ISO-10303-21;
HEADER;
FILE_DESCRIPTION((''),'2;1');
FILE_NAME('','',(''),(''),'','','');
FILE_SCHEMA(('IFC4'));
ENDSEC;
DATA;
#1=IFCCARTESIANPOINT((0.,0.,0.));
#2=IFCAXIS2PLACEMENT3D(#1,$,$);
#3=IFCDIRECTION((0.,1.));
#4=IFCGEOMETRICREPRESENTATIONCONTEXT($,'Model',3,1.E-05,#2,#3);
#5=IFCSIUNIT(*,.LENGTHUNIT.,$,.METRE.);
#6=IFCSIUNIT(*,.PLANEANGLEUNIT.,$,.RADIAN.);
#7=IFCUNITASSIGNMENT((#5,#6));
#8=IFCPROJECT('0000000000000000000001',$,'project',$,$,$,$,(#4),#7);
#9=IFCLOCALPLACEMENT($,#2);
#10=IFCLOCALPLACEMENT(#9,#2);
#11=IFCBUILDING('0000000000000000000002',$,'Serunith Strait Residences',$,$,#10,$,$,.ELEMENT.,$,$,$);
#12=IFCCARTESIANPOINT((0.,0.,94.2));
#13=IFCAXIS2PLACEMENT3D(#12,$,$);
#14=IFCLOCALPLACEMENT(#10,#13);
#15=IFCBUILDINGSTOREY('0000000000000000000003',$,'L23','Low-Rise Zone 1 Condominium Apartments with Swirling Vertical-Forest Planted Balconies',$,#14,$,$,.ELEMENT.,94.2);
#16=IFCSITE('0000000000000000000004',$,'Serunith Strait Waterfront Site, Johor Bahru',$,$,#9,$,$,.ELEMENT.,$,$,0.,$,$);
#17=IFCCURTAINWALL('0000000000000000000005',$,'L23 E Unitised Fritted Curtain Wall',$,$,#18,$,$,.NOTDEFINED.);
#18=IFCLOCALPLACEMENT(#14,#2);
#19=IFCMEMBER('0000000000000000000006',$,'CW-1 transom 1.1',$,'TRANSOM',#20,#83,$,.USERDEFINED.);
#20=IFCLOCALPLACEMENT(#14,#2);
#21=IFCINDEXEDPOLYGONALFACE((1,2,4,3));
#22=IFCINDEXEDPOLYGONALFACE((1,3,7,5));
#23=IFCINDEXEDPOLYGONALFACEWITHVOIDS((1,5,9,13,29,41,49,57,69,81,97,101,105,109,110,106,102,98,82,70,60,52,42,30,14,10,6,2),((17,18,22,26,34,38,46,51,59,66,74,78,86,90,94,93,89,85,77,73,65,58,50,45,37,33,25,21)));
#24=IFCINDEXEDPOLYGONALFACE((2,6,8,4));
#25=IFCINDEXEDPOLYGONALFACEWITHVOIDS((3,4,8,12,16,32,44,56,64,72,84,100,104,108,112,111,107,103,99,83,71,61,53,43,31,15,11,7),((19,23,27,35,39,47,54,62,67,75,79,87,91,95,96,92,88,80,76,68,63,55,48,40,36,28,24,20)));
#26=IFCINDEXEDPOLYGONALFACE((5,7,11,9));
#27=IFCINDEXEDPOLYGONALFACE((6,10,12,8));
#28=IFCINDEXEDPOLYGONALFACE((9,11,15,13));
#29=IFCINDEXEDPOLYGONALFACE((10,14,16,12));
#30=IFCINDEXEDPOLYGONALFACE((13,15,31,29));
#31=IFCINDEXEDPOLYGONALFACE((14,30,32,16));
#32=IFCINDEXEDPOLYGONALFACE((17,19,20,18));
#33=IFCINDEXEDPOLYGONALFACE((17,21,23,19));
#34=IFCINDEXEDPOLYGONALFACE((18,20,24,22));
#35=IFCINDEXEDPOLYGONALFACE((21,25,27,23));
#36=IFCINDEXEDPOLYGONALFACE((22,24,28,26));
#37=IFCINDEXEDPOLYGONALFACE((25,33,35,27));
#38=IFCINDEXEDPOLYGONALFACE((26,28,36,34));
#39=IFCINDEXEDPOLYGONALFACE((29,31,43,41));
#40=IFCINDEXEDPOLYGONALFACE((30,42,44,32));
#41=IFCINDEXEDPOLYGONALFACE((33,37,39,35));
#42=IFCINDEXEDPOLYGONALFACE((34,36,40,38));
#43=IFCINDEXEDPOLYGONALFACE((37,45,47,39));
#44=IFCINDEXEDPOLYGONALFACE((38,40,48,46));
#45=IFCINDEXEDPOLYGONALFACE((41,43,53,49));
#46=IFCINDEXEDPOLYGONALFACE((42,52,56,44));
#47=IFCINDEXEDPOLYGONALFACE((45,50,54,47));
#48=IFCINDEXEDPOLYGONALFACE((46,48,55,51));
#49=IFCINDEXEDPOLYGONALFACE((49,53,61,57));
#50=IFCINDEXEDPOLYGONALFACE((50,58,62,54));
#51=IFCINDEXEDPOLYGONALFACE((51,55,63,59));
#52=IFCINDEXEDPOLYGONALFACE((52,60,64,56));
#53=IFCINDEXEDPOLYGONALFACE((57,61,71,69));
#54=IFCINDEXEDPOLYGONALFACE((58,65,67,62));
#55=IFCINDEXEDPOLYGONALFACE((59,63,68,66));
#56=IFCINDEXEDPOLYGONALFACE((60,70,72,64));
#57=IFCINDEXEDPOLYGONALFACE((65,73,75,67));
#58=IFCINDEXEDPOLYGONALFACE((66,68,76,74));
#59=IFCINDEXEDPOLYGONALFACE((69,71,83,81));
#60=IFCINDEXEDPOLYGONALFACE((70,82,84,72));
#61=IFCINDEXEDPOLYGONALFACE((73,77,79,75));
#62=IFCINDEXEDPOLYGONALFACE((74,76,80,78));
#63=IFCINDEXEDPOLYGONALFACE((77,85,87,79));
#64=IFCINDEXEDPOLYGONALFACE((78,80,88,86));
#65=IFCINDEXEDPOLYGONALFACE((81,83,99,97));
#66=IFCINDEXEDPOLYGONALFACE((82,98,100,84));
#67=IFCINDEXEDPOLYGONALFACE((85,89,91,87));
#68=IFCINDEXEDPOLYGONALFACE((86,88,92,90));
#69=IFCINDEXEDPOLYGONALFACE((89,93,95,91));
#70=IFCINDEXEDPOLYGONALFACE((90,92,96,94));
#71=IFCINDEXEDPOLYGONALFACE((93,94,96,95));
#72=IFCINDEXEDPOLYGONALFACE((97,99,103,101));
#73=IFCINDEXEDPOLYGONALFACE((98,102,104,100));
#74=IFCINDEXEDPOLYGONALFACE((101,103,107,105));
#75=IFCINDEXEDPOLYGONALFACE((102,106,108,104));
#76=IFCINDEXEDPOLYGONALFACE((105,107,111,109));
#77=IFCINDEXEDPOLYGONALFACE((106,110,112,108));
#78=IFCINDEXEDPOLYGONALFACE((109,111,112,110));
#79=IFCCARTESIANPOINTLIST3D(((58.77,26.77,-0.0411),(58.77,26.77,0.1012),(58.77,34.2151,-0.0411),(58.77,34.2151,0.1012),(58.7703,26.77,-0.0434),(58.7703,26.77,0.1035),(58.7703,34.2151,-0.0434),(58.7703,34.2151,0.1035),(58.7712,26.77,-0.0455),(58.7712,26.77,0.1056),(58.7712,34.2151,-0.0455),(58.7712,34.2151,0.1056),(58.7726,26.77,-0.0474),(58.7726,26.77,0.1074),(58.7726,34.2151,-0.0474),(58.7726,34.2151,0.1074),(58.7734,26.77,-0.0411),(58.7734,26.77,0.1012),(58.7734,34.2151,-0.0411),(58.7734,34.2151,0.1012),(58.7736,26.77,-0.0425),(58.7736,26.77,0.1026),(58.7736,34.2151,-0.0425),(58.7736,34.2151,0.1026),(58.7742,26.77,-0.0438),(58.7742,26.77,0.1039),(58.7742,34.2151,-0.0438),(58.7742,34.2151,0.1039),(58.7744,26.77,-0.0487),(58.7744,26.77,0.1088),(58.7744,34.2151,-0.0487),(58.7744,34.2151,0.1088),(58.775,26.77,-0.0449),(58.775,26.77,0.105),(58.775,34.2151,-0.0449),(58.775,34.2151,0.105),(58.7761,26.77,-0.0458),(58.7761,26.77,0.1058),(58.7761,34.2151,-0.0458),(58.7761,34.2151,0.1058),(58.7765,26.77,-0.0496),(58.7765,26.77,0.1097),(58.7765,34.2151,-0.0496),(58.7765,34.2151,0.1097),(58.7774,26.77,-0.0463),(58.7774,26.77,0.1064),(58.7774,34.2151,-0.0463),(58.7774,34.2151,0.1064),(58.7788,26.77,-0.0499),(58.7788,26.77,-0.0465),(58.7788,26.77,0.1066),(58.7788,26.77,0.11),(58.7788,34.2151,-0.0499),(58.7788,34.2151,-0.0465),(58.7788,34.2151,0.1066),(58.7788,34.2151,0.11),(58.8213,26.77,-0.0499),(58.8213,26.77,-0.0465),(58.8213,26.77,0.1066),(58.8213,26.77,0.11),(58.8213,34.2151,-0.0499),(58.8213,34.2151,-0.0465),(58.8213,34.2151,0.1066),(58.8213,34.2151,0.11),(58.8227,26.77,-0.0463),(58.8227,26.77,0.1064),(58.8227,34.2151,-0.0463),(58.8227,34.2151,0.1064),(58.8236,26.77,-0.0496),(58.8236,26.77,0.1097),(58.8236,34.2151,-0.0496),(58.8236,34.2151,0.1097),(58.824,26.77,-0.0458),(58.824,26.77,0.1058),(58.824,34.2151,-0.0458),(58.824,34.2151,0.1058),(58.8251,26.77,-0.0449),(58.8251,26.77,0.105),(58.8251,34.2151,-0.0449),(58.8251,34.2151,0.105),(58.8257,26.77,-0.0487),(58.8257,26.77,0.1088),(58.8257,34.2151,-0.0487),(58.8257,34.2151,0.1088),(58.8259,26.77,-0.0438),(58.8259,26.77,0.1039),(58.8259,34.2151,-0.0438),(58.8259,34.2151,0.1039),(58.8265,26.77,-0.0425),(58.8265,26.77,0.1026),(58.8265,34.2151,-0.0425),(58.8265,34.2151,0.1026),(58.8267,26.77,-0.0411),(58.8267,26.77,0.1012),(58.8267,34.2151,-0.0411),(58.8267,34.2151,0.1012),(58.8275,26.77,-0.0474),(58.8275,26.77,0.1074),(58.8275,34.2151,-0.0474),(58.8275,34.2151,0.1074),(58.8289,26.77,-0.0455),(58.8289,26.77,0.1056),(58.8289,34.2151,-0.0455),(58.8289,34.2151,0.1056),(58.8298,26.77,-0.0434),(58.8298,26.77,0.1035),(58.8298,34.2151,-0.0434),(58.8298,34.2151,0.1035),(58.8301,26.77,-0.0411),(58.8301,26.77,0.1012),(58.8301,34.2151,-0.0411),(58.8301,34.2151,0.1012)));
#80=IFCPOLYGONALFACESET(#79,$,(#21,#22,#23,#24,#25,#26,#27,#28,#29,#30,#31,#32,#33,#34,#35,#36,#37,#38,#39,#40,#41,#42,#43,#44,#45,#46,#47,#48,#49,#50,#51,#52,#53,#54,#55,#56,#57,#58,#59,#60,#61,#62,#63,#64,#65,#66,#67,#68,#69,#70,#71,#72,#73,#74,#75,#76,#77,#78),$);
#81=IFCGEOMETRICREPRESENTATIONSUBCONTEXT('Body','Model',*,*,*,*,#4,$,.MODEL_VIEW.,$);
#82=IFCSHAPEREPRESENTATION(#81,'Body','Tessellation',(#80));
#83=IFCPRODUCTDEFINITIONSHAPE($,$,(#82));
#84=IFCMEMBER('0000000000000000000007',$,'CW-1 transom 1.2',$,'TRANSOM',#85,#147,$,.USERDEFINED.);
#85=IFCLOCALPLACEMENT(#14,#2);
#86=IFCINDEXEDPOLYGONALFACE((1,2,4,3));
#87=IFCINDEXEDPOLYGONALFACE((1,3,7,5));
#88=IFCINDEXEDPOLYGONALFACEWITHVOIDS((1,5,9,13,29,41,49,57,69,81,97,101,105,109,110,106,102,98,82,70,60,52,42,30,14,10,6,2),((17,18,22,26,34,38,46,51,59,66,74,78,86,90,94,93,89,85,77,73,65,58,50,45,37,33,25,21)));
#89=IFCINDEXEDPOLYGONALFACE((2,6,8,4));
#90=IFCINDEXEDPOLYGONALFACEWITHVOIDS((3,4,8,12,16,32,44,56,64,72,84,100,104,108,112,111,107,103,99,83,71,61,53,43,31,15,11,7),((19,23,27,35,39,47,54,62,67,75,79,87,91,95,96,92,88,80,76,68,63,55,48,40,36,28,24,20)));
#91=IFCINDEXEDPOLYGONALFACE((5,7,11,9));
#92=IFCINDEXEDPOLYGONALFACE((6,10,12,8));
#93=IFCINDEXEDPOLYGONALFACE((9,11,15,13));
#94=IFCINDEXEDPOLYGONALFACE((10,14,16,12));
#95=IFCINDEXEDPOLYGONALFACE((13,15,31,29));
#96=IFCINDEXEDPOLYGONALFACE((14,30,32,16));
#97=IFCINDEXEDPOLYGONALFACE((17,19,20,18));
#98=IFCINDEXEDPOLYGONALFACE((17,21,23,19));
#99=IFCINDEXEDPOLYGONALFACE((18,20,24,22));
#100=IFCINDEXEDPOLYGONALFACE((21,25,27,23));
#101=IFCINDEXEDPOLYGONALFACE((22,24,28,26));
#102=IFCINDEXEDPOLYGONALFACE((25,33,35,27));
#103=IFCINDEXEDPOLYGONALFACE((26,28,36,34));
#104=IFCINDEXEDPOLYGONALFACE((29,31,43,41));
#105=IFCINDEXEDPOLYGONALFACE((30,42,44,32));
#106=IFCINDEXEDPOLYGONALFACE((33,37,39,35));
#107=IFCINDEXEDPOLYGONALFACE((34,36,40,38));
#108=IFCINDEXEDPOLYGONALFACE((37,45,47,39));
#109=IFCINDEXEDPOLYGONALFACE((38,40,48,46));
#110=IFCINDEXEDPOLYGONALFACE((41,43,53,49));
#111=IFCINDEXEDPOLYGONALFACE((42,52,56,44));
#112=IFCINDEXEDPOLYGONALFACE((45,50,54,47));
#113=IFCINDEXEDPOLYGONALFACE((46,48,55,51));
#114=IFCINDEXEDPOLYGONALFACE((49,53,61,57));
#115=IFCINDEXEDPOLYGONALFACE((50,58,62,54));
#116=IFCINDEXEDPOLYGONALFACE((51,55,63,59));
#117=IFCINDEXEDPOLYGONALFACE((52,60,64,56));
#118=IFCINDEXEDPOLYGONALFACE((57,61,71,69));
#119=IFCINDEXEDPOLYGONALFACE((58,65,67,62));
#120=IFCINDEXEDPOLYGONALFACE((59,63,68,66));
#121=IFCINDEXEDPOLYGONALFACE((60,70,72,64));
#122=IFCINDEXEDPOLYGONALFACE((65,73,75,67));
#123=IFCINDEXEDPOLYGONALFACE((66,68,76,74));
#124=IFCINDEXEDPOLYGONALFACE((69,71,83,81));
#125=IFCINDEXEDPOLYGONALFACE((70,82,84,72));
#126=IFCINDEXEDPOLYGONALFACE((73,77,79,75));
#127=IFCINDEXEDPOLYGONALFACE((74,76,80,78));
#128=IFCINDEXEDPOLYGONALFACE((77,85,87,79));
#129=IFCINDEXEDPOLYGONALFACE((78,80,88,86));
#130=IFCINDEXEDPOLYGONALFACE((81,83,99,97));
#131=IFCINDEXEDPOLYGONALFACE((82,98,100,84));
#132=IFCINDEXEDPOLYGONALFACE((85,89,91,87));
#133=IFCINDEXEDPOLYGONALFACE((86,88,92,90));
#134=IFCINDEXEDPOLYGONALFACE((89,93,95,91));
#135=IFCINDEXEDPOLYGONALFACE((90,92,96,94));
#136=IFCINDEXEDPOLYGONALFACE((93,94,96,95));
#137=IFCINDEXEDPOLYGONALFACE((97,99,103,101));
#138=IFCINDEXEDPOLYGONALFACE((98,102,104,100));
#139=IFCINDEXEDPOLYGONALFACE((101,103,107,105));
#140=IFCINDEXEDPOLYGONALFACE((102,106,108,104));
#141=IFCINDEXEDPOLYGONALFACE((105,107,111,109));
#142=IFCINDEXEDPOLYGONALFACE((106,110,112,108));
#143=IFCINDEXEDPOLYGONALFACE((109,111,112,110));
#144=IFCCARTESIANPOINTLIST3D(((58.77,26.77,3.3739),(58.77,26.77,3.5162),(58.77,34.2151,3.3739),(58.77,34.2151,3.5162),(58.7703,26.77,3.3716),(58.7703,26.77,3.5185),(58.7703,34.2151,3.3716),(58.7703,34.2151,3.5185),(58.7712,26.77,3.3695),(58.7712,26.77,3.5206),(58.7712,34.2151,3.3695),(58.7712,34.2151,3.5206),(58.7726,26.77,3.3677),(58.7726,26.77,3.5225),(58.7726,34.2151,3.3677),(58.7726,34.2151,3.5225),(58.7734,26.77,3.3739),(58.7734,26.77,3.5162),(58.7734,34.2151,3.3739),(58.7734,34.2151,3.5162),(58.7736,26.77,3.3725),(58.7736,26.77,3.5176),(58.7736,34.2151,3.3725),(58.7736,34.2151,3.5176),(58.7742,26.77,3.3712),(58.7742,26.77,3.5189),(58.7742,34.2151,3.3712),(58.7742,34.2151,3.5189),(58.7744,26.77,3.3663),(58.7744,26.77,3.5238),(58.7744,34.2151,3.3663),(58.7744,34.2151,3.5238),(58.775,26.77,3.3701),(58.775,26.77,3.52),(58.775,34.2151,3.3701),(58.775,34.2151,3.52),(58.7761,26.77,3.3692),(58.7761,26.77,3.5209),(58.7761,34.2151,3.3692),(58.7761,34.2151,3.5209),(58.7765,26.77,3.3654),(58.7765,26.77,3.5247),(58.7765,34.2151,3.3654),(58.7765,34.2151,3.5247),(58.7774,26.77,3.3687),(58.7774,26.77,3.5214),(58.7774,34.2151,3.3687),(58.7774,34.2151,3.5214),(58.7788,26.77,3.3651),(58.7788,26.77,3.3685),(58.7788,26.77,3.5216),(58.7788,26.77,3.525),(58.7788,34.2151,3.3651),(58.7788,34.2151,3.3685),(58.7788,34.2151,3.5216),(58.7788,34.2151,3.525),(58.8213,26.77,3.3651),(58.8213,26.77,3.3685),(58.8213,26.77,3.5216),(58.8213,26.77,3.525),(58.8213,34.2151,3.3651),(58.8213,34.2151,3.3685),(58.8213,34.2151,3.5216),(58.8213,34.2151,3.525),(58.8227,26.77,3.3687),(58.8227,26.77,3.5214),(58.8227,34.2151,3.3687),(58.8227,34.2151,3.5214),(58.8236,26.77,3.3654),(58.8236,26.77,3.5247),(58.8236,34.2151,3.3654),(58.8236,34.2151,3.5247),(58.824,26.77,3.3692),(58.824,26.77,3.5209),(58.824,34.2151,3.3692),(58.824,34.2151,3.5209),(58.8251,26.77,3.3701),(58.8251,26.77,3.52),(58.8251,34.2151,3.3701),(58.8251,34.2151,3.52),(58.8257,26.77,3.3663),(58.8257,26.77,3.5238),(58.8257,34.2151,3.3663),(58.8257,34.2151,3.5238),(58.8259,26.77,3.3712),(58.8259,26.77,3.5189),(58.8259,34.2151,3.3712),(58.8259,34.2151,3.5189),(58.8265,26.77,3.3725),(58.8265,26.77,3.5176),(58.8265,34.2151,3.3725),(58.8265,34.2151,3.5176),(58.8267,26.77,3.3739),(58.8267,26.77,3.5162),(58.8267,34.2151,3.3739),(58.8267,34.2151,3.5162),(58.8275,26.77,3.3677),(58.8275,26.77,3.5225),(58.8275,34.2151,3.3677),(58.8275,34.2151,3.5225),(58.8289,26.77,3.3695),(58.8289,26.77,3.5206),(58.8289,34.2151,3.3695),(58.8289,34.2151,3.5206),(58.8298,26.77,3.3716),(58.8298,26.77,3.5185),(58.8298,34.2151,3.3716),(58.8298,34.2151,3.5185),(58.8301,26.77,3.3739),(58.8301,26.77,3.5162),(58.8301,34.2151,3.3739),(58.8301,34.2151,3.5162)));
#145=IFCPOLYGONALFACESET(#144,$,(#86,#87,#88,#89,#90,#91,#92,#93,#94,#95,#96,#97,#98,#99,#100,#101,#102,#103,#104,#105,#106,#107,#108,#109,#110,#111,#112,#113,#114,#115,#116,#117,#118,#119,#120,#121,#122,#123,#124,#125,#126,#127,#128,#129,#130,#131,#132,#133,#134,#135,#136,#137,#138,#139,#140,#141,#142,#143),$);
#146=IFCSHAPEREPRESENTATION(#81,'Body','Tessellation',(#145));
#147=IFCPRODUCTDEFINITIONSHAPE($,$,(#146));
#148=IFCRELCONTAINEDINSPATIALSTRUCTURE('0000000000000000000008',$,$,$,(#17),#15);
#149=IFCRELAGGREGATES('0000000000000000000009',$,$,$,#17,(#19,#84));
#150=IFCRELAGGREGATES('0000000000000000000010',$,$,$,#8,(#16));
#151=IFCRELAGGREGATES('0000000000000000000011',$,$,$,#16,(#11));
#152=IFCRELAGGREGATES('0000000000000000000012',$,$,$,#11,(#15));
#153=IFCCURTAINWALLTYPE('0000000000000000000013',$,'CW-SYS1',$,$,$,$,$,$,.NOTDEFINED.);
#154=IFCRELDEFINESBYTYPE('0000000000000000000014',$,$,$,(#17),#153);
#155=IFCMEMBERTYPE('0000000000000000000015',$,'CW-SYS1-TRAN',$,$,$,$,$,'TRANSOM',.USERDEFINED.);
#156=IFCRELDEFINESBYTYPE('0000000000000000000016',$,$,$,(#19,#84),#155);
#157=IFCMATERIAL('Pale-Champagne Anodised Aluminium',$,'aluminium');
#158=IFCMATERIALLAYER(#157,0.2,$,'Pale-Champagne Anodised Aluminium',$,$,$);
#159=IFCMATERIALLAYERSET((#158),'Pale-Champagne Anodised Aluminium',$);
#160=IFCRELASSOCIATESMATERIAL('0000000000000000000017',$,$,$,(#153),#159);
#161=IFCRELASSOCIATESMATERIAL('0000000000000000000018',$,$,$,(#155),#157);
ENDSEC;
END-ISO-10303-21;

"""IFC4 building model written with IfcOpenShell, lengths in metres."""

from ifc_helpers import new_model, si_unit, direction, frame, origin, origin_2d, place, context, subcontext, project, spatial, hollow_rectangle, extrude, source, transform, mapped, material, layer, layer_set, material_profile, profile_set, type_object, element, aggregate, save


model = new_model("IFC4")

# Units and contexts
model_context = context("Model", 3, precision=1e-05, world=origin(), true_north=direction((0.0, 1.0)))
body_context = subcontext(model_context, "Body", "Model", "MODEL_VIEW")
ifc_project = project(units=[si_unit("LENGTHUNIT", "METRE"), si_unit("PLANEANGLEUNIT", "RADIAN")], contexts=[model_context])

# Site, building, storey
site_placement = place(None, origin())
site = spatial("IfcSite", under=ifc_project, at=site_placement, Name="Serunith Strait Waterfront Site, Johor Bahru", CompositionType="ELEMENT", RefElevation=0.0)
building_placement = place(site_placement, origin())
building = spatial("IfcBuilding", under=site, at=building_placement, Name="Serunith Strait Residences", CompositionType="ELEMENT")
storey_placement = place(building_placement, frame((0.0, 0.0, 94.2)))
storey = spatial("IfcBuildingStorey", under=building, at=storey_placement, Name="L23", Description="Low-Rise Zone 1 Condominium Apartments with Swirling Vertical-Forest Planted Balconies", CompositionType="ELEMENT", Elevation=94.2)

# Curtain wall, members
ifc_material_1 = material(Name="Pale-Champagne Anodised Aluminium", Category="aluminium")
ifc_layer_1 = layer(ifc_material_1, 0.2, Name="Pale-Champagne Anodised Aluminium")
ifc_layer_set_1 = layer_set([ifc_layer_1], Name="Pale-Champagne Anodised Aluminium")
curtain_wall_type = type_object("IfcCurtainWallType", Name="CW-SYS1", PredefinedType="NOTDEFINED", material=ifc_layer_set_1)
curtain_wall_placement = place(storey_placement, origin())
curtain_wall = element("IfcCurtainWall", 1, at=curtain_wall_placement, inside=storey, type_object=curtain_wall_type, Name="L23 E Unitised Fritted Curtain Wall", PredefinedType="NOTDEFINED")
ifc_material_profile_1 = material_profile(ifc_material_1, hollow_rectangle(XDim=0.0601, YDim=0.1599, WallThickness=0.0034, InnerFilletRadius=0.0054, OuterFilletRadius=0.0088, at=origin_2d()), Name="ALU 160x60x3.5")
ifc_profile_set_1 = profile_set([ifc_material_profile_1], Name="Pale-Champagne Anodised Aluminium")
member_type_1 = type_object("IfcMemberType", Name="CW-SYS1-TRAN", ElementType="TRANSOM", PredefinedType="USERDEFINED", material=ifc_profile_set_1)
shared_shape_1 = source(origin(), body_context, "Body", "SweptSolid", [
    extrude(hollow_rectangle(XDim=0.0601, YDim=0.1599, WallThickness=0.0034, InnerFilletRadius=0.0054, OuterFilletRadius=0.0088, at=origin_2d()), origin(), (0.0, 0.0, 1.0), 7.4451),
])
member_1_placement = place(storey_placement, frame((58.8, 26.77, 0.03), z_axis=(0.0, 1.0, 0.0), x_axis=(-1.0, 0.0, 0.0)))
member_1 = element("IfcMember", 2, at=member_1_placement, type_object=member_type_1, Name="CW-1 transom 1.1", ObjectType="TRANSOM", PredefinedType="USERDEFINED", context=body_context, shape_type="MappedRepresentation", body=[
    mapped(shared_shape_1, transform((0.0, 0.0, 0.0), scale=1.0)),
])
member_2_placement = place(storey_placement, frame((58.8, 26.77, 3.4451), z_axis=(0.0, 1.0, 0.0), x_axis=(-1.0, 0.0, 0.0)))
member_2 = element("IfcMember", 3, at=member_2_placement, type_object=member_type_1, Name="CW-1 transom 1.2", ObjectType="TRANSOM", PredefinedType="USERDEFINED", context=body_context, shape_type="MappedRepresentation", body=[
    mapped(shared_shape_1, transform((0.0, 0.0, 0.0), scale=1.0)),
])
aggregate(curtain_wall, [member_1, member_2])

save(model, "model.ifc")
